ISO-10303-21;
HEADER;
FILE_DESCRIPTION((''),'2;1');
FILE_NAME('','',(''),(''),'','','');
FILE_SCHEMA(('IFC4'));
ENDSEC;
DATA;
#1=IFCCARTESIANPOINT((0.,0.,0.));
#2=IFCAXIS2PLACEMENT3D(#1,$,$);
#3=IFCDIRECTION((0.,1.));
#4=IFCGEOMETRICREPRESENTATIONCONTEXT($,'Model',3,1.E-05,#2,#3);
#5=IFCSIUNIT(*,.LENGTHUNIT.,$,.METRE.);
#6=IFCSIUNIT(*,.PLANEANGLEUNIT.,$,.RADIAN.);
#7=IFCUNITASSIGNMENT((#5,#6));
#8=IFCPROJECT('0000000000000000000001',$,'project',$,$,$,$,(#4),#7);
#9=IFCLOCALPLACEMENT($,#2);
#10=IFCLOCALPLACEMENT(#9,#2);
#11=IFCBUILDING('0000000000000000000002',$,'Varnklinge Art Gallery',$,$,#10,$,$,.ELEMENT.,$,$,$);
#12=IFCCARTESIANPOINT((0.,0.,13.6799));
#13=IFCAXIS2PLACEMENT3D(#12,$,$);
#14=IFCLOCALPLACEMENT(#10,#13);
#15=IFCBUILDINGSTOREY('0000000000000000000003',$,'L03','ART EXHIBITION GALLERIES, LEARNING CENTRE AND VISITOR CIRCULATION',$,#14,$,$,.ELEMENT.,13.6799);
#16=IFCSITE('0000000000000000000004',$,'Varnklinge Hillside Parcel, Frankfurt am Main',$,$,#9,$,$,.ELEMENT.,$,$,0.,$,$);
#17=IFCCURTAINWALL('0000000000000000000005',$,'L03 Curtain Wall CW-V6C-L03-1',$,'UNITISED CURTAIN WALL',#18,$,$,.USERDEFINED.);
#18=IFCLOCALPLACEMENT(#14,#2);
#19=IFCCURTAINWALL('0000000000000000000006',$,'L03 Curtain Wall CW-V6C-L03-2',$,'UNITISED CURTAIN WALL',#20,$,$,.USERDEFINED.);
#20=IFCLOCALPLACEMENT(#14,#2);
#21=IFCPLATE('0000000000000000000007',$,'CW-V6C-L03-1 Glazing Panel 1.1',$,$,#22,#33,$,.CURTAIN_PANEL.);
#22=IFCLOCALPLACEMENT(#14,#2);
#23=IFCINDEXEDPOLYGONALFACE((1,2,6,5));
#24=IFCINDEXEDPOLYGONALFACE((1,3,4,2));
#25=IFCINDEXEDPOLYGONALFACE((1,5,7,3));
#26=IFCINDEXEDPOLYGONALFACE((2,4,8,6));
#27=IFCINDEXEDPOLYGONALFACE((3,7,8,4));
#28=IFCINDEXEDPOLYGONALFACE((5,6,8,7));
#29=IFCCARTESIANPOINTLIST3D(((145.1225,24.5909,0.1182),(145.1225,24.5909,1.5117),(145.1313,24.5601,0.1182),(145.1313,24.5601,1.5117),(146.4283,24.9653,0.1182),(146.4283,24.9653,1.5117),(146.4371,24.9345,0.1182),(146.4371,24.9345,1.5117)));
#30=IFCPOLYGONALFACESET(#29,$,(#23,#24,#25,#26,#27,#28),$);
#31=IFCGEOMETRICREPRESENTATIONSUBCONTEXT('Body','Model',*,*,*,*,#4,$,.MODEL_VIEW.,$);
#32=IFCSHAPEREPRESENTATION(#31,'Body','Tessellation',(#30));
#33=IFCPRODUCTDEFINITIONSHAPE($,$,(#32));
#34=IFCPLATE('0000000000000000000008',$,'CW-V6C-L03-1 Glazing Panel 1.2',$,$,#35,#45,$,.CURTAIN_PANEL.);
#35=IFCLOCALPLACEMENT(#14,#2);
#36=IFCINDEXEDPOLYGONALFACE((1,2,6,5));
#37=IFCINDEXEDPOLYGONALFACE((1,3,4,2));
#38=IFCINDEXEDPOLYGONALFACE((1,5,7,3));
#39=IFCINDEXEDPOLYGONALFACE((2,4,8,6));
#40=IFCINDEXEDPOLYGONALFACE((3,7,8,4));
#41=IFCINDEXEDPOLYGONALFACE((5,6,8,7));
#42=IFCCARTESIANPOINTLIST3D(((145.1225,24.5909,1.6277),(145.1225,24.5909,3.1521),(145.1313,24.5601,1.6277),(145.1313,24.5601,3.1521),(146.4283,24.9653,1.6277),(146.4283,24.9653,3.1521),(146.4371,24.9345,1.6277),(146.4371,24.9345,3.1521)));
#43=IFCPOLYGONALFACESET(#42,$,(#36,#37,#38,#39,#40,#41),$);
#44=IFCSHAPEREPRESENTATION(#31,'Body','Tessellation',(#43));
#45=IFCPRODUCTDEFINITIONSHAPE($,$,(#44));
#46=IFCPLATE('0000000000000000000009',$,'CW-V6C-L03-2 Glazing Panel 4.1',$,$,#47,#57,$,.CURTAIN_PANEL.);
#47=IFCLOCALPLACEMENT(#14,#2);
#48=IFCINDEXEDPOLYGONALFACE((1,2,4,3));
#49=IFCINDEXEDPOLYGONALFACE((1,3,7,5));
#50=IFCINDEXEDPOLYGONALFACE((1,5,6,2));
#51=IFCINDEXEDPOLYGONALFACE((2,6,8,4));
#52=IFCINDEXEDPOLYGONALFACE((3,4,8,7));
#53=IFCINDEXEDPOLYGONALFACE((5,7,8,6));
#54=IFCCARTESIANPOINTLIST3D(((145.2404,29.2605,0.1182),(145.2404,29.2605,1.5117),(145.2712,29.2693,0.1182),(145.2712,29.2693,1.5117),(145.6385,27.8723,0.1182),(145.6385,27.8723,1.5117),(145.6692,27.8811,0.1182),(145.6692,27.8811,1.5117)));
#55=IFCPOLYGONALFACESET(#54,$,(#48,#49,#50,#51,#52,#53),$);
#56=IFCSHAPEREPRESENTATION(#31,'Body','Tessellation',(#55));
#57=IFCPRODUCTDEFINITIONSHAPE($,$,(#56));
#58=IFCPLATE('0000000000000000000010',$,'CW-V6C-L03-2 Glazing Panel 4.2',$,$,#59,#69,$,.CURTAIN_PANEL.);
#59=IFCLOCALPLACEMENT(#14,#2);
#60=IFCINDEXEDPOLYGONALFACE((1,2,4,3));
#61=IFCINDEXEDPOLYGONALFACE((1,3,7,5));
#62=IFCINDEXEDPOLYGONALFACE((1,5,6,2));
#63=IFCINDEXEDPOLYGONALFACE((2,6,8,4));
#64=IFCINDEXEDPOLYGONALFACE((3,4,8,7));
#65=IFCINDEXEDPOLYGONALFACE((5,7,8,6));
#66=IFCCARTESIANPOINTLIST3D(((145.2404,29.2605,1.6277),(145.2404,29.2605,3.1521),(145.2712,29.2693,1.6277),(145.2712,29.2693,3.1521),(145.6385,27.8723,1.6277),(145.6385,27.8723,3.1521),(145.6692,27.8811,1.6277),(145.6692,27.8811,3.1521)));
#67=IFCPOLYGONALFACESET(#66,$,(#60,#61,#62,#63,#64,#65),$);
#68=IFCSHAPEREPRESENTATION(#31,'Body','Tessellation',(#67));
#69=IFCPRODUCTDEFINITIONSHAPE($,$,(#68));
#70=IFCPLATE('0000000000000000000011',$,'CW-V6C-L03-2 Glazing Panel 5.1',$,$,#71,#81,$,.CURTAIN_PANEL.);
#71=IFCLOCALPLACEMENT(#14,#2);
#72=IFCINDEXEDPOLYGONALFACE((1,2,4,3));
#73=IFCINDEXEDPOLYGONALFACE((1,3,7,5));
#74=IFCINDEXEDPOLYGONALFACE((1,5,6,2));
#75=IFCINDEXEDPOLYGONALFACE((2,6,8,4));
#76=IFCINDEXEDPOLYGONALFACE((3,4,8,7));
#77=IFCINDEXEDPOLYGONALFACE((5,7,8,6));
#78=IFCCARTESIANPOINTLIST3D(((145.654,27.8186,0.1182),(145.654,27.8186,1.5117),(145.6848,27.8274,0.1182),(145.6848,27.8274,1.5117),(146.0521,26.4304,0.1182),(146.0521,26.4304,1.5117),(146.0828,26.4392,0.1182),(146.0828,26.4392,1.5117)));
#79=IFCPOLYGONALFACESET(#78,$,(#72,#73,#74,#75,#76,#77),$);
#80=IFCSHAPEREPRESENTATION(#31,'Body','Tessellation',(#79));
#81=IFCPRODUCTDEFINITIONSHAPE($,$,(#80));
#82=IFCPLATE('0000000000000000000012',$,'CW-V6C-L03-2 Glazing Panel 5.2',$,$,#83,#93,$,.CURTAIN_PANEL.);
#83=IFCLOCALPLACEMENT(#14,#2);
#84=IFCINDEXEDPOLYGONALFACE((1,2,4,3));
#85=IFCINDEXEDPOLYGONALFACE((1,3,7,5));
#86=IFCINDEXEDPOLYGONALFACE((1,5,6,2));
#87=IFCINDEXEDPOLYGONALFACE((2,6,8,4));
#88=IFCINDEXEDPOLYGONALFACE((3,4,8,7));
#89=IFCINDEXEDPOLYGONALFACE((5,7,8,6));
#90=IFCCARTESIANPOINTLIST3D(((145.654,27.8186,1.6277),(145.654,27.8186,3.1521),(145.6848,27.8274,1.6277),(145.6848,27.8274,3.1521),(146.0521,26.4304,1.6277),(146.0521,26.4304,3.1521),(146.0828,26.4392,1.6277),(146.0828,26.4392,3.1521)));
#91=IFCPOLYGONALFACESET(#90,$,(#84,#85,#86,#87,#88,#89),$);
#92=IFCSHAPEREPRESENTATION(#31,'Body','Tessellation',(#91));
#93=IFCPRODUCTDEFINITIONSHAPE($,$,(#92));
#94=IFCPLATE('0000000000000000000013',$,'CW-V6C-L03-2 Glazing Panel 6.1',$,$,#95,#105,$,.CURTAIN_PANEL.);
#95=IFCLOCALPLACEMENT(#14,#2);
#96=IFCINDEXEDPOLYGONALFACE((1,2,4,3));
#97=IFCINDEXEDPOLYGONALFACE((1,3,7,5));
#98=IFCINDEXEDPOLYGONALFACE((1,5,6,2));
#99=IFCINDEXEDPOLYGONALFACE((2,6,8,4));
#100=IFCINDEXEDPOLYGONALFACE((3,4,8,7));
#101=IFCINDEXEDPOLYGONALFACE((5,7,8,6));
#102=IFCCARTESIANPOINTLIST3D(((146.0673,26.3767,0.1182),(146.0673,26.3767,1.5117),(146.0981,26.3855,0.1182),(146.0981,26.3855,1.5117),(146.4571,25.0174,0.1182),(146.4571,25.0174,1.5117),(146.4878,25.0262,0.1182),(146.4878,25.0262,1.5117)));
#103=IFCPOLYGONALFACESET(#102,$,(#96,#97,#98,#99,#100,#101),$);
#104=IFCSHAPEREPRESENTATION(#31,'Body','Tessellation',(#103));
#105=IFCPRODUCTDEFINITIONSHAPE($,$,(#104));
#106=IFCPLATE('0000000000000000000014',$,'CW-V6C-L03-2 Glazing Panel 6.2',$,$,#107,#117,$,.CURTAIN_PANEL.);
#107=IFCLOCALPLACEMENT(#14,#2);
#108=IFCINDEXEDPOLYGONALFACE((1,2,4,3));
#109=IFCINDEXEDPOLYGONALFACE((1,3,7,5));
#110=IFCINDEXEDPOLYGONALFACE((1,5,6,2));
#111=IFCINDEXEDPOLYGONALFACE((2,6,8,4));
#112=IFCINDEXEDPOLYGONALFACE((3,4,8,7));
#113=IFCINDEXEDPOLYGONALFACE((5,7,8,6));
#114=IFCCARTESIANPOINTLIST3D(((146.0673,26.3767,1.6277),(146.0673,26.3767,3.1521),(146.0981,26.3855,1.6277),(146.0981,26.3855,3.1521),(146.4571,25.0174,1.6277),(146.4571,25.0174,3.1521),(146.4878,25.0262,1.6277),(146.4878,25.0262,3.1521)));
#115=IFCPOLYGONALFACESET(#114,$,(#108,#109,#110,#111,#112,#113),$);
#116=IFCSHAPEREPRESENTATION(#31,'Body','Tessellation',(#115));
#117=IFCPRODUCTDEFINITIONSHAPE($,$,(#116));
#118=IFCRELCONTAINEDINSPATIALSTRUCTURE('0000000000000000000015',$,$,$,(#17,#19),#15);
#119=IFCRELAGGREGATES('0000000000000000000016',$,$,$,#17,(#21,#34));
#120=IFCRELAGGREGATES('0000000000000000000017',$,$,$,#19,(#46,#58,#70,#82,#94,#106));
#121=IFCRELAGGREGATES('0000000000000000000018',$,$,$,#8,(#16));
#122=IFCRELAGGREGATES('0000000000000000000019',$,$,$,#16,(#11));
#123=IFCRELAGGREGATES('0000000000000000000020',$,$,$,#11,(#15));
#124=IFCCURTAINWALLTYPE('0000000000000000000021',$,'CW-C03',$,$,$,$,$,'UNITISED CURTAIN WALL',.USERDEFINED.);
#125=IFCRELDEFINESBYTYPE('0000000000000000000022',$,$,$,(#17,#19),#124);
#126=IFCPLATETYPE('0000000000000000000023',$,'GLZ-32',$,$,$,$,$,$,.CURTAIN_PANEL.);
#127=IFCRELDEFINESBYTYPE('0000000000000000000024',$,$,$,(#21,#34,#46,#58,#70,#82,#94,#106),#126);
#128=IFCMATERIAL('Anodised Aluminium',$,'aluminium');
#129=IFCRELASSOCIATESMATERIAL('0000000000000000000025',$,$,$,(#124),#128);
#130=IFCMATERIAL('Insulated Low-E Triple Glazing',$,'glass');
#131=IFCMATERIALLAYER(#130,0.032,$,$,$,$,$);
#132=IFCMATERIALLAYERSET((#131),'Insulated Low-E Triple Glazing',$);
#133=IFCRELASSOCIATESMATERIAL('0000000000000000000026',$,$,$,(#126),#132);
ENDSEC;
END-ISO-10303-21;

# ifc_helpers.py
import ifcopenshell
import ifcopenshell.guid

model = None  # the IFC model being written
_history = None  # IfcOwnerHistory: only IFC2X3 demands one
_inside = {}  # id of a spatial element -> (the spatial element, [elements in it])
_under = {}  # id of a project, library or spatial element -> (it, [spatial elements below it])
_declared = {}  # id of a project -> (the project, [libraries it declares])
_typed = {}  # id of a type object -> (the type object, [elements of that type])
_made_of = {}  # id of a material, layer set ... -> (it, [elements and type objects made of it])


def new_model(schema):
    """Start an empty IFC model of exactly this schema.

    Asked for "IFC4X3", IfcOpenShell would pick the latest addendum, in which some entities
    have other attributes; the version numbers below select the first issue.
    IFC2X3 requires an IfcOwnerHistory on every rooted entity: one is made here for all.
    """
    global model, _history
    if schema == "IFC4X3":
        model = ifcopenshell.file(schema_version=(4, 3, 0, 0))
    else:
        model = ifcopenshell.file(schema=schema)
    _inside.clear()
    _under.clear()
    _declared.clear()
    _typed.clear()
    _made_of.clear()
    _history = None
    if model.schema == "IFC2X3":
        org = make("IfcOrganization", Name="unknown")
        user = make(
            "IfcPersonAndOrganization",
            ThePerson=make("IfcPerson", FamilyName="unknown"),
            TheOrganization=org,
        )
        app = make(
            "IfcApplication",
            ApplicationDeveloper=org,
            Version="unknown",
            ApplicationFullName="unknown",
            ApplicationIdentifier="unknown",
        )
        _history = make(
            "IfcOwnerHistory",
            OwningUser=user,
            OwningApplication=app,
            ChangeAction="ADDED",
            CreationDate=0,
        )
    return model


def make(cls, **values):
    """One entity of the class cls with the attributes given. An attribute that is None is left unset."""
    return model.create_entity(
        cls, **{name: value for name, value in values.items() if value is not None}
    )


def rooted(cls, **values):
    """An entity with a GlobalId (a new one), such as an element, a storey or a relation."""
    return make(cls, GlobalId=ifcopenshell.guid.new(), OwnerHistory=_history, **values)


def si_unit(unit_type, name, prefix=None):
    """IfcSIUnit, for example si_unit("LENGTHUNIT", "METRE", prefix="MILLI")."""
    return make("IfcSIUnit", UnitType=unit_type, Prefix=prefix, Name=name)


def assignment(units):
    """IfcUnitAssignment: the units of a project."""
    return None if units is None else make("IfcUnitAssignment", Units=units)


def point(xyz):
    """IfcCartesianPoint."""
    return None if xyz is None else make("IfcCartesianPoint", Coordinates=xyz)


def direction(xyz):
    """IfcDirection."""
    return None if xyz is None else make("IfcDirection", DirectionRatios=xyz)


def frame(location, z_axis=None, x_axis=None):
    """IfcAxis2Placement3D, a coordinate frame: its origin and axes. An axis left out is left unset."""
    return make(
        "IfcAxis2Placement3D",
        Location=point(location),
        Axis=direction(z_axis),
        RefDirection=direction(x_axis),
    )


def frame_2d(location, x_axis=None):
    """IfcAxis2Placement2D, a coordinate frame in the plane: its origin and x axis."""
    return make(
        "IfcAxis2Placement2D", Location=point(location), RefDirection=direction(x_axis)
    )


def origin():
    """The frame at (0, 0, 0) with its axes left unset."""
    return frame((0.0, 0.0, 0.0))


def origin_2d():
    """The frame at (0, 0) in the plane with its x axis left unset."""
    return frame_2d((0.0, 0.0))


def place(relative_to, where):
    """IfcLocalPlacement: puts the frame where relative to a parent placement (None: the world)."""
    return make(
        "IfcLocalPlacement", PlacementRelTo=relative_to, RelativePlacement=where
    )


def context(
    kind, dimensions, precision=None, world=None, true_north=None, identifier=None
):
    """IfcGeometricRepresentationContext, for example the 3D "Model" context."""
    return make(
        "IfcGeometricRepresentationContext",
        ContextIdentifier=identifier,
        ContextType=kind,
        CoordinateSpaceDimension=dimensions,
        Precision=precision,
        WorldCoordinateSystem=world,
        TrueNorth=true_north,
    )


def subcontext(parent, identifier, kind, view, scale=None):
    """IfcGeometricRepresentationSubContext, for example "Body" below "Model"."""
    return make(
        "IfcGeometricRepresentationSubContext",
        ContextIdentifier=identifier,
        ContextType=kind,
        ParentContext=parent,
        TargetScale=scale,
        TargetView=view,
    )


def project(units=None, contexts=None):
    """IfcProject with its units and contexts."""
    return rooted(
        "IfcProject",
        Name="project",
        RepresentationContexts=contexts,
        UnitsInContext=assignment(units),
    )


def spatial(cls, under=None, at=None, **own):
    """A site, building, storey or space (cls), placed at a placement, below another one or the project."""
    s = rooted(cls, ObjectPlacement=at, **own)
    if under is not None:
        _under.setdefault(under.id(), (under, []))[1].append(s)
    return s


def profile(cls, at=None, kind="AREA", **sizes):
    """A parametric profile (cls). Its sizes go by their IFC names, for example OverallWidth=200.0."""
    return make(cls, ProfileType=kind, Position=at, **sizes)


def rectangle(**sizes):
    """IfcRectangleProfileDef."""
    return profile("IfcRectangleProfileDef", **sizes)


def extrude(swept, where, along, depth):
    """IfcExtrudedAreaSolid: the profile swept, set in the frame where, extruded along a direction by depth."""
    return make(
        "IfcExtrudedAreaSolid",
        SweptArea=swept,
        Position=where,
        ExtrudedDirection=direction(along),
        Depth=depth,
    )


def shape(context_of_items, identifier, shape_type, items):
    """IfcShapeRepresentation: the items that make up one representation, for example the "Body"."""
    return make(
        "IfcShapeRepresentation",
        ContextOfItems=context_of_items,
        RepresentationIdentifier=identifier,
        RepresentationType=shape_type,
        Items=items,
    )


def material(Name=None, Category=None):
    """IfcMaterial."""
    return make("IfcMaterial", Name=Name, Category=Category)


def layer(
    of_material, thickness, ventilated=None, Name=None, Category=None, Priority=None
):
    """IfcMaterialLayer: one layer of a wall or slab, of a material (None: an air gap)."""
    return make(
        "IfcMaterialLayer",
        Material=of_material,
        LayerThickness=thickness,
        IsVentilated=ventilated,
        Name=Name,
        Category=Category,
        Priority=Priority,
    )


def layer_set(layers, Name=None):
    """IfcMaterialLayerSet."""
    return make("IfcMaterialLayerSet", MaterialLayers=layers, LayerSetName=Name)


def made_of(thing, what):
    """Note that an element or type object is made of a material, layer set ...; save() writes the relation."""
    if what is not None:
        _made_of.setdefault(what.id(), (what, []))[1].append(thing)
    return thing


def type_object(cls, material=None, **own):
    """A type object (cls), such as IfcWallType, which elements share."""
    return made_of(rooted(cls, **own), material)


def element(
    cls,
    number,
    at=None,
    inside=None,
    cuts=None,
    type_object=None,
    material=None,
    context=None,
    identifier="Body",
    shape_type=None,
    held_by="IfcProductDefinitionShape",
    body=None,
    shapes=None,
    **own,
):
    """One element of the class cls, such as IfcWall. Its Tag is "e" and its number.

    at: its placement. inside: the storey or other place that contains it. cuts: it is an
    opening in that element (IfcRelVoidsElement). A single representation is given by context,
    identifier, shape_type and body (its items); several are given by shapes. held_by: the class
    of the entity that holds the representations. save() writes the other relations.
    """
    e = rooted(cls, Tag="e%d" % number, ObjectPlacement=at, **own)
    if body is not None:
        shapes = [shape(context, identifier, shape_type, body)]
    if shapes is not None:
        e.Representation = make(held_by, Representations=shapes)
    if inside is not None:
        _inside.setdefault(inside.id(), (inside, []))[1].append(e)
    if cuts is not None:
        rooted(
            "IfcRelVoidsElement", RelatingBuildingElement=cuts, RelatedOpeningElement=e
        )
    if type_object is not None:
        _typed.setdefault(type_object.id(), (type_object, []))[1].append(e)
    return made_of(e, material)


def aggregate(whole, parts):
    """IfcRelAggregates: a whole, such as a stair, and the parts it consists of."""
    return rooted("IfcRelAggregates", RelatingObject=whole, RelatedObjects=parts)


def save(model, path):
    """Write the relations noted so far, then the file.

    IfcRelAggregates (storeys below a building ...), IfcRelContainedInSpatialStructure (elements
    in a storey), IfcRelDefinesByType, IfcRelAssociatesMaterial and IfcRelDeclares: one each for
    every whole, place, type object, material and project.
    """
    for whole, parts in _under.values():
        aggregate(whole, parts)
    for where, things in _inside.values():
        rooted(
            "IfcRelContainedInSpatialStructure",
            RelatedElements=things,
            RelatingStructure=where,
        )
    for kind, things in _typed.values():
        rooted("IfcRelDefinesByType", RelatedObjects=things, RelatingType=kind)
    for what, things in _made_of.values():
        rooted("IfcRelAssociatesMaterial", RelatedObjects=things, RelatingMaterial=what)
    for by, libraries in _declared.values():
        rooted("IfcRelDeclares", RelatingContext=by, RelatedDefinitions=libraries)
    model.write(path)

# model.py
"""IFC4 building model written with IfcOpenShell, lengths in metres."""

from ifc_helpers import new_model, si_unit, direction, frame, origin, origin_2d, place, context, subcontext, project, spatial, rectangle, extrude, material, layer, layer_set, type_object, element, aggregate, save


model = new_model("IFC4")

# Units and contexts
model_context = context("Model", 3, precision=1e-05, world=origin(), true_north=direction((0.0, 1.0)))
body_context = subcontext(model_context, "Body", "Model", "MODEL_VIEW")
ifc_project = project(units=[si_unit("LENGTHUNIT", "METRE"), si_unit("PLANEANGLEUNIT", "RADIAN")], contexts=[model_context])

# Site, building, storey
site_placement = place(None, origin())
site = spatial("IfcSite", under=ifc_project, at=site_placement, Name="Varnklinge Hillside Parcel, Frankfurt am Main", CompositionType="ELEMENT", RefElevation=0.0)
building_placement = place(site_placement, origin())
building = spatial("IfcBuilding", under=site, at=building_placement, Name="Varnklinge Art Gallery", CompositionType="ELEMENT")
storey_placement = place(building_placement, frame((0.0, 0.0, 13.6799)))
storey = spatial("IfcBuildingStorey", under=building, at=storey_placement, Name="L03", Description="ART EXHIBITION GALLERIES, LEARNING CENTRE AND VISITOR CIRCULATION", CompositionType="ELEMENT", Elevation=13.6799)

# Curtain wall
ifc_material_1 = material(Name="Anodised Aluminium", Category="aluminium")
curtain_wall_type = type_object("IfcCurtainWallType", Name="CW-C03", ElementType="UNITISED CURTAIN WALL", PredefinedType="USERDEFINED", material=ifc_material_1)
curtain_wall_1_placement = place(storey_placement, origin())
curtain_wall_1 = element("IfcCurtainWall", 1, at=curtain_wall_1_placement, inside=storey, type_object=curtain_wall_type, Name="L03 Curtain Wall CW-V6C-L03-1", ObjectType="UNITISED CURTAIN WALL", PredefinedType="USERDEFINED")

# Curtain wall
curtain_wall_2_placement = place(storey_placement, origin())
curtain_wall_2 = element("IfcCurtainWall", 2, at=curtain_wall_2_placement, inside=storey, type_object=curtain_wall_type, Name="L03 Curtain Wall CW-V6C-L03-2", ObjectType="UNITISED CURTAIN WALL", PredefinedType="USERDEFINED")

# Plates
ifc_material_2 = material(Name="Insulated Low-E Triple Glazing", Category="glass")
ifc_layer = layer(ifc_material_2, 0.032)
ifc_layer_set = layer_set([ifc_layer], Name="Insulated Low-E Triple Glazing")
plate_type = type_object("IfcPlateType", Name="GLZ-32", PredefinedType="CURTAIN_PANEL", material=ifc_layer_set)
plate_1_placement = place(storey_placement, frame((145.7798, 24.7627, 0.1182), z_axis=(0.0, 0.0, 1.0), x_axis=(-0.961262, -0.275637, 0.0)))
plate_1 = element("IfcPlate", 3, at=plate_1_placement, type_object=plate_type, Name="CW-V6C-L03-1 Glazing Panel 1.1", PredefinedType="CURTAIN_PANEL", context=body_context, shape_type="SweptSolid", body=[
    extrude(rectangle(XDim=1.3584, YDim=0.032, at=origin_2d()), origin(), (0.0, 0.0, 1.0), 1.3936),
])
plate_2_placement = place(storey_placement, frame((145.7798, 24.7627, 1.6277), z_axis=(0.0, 0.0, 1.0), x_axis=(-0.961262, -0.275637, 0.0)))
plate_2 = element("IfcPlate", 4, at=plate_2_placement, type_object=plate_type, Name="CW-V6C-L03-1 Glazing Panel 1.2", PredefinedType="CURTAIN_PANEL", context=body_context, shape_type="SweptSolid", body=[
    extrude(rectangle(XDim=1.3584, YDim=0.032, at=origin_2d()), origin(), (0.0, 0.0, 1.0), 1.5244),
])
aggregate(curtain_wall_1, [plate_1, plate_2])
plate_3_placement = place(storey_placement, frame((145.4548, 28.5708, 0.1182), z_axis=(0.0, 0.0, 1.0), x_axis=(0.275637, -0.961262, 0.0)))
plate_3 = element("IfcPlate", 5, at=plate_3_placement, type_object=plate_type, Name="CW-V6C-L03-2 Glazing Panel 4.1", PredefinedType="CURTAIN_PANEL", context=body_context, shape_type="SweptSolid", body=[
    extrude(rectangle(XDim=1.4441, YDim=0.032, at=origin_2d()), origin(), (0.0, 0.0, 1.0), 1.3936),
])
plate_4_placement = place(storey_placement, frame((145.4548, 28.5708, 1.6277), z_axis=(0.0, 0.0, 1.0), x_axis=(0.275637, -0.961262, 0.0)))
plate_4 = element("IfcPlate", 6, at=plate_4_placement, type_object=plate_type, Name="CW-V6C-L03-2 Glazing Panel 4.2", PredefinedType="CURTAIN_PANEL", context=body_context, shape_type="SweptSolid", body=[
    extrude(rectangle(XDim=1.4441, YDim=0.032, at=origin_2d()), origin(), (0.0, 0.0, 1.0), 1.5244),
])
plate_5_placement = place(storey_placement, frame((145.8684, 27.1289, 0.1182), z_axis=(0.0, 0.0, 1.0), x_axis=(0.275637, -0.961262, 0.0)))
plate_5 = element("IfcPlate", 7, at=plate_5_placement, type_object=plate_type, Name="CW-V6C-L03-2 Glazing Panel 5.1", PredefinedType="CURTAIN_PANEL", context=body_context, shape_type="SweptSolid", body=[
    extrude(rectangle(XDim=1.4441, YDim=0.032, at=origin_2d()), origin(), (0.0, 0.0, 1.0), 1.3936),
])
plate_6_placement = place(storey_placement, frame((145.8684, 27.1289, 1.6277), z_axis=(0.0, 0.0, 1.0), x_axis=(0.275637, -0.961262, 0.0)))
plate_6 = element("IfcPlate", 8, at=plate_6_placement, type_object=plate_type, Name="CW-V6C-L03-2 Glazing Panel 5.2", PredefinedType="CURTAIN_PANEL", context=body_context, shape_type="SweptSolid", body=[
    extrude(rectangle(XDim=1.4441, YDim=0.032, at=origin_2d()), origin(), (0.0, 0.0, 1.0), 1.5244),
])
plate_7_placement = place(storey_placement, frame((146.2776, 25.7014, 0.1182), z_axis=(0.0, 0.0, 1.0), x_axis=(0.275637, -0.961262, 0.0)))
plate_7 = element("IfcPlate", 9, at=plate_7_placement, type_object=plate_type, Name="CW-V6C-L03-2 Glazing Panel 6.1", PredefinedType="CURTAIN_PANEL", context=body_context, shape_type="SweptSolid", body=[
    extrude(rectangle(XDim=1.4141, YDim=0.032, at=origin_2d()), origin(), (0.0, 0.0, 1.0), 1.3936),
])
plate_8_placement = place(storey_placement, frame((146.2776, 25.7014, 1.6277), z_axis=(0.0, 0.0, 1.0), x_axis=(0.275637, -0.961262, 0.0)))
plate_8 = element("IfcPlate", 10, at=plate_8_placement, type_object=plate_type, Name="CW-V6C-L03-2 Glazing Panel 6.2", PredefinedType="CURTAIN_PANEL", context=body_context, shape_type="SweptSolid", body=[
    extrude(rectangle(XDim=1.4141, YDim=0.032, at=origin_2d()), origin(), (0.0, 0.0, 1.0), 1.5244),
])
aggregate(curtain_wall_2, [plate_3, plate_4, plate_5, plate_6, plate_7, plate_8])

save(model, "model.ifc")
